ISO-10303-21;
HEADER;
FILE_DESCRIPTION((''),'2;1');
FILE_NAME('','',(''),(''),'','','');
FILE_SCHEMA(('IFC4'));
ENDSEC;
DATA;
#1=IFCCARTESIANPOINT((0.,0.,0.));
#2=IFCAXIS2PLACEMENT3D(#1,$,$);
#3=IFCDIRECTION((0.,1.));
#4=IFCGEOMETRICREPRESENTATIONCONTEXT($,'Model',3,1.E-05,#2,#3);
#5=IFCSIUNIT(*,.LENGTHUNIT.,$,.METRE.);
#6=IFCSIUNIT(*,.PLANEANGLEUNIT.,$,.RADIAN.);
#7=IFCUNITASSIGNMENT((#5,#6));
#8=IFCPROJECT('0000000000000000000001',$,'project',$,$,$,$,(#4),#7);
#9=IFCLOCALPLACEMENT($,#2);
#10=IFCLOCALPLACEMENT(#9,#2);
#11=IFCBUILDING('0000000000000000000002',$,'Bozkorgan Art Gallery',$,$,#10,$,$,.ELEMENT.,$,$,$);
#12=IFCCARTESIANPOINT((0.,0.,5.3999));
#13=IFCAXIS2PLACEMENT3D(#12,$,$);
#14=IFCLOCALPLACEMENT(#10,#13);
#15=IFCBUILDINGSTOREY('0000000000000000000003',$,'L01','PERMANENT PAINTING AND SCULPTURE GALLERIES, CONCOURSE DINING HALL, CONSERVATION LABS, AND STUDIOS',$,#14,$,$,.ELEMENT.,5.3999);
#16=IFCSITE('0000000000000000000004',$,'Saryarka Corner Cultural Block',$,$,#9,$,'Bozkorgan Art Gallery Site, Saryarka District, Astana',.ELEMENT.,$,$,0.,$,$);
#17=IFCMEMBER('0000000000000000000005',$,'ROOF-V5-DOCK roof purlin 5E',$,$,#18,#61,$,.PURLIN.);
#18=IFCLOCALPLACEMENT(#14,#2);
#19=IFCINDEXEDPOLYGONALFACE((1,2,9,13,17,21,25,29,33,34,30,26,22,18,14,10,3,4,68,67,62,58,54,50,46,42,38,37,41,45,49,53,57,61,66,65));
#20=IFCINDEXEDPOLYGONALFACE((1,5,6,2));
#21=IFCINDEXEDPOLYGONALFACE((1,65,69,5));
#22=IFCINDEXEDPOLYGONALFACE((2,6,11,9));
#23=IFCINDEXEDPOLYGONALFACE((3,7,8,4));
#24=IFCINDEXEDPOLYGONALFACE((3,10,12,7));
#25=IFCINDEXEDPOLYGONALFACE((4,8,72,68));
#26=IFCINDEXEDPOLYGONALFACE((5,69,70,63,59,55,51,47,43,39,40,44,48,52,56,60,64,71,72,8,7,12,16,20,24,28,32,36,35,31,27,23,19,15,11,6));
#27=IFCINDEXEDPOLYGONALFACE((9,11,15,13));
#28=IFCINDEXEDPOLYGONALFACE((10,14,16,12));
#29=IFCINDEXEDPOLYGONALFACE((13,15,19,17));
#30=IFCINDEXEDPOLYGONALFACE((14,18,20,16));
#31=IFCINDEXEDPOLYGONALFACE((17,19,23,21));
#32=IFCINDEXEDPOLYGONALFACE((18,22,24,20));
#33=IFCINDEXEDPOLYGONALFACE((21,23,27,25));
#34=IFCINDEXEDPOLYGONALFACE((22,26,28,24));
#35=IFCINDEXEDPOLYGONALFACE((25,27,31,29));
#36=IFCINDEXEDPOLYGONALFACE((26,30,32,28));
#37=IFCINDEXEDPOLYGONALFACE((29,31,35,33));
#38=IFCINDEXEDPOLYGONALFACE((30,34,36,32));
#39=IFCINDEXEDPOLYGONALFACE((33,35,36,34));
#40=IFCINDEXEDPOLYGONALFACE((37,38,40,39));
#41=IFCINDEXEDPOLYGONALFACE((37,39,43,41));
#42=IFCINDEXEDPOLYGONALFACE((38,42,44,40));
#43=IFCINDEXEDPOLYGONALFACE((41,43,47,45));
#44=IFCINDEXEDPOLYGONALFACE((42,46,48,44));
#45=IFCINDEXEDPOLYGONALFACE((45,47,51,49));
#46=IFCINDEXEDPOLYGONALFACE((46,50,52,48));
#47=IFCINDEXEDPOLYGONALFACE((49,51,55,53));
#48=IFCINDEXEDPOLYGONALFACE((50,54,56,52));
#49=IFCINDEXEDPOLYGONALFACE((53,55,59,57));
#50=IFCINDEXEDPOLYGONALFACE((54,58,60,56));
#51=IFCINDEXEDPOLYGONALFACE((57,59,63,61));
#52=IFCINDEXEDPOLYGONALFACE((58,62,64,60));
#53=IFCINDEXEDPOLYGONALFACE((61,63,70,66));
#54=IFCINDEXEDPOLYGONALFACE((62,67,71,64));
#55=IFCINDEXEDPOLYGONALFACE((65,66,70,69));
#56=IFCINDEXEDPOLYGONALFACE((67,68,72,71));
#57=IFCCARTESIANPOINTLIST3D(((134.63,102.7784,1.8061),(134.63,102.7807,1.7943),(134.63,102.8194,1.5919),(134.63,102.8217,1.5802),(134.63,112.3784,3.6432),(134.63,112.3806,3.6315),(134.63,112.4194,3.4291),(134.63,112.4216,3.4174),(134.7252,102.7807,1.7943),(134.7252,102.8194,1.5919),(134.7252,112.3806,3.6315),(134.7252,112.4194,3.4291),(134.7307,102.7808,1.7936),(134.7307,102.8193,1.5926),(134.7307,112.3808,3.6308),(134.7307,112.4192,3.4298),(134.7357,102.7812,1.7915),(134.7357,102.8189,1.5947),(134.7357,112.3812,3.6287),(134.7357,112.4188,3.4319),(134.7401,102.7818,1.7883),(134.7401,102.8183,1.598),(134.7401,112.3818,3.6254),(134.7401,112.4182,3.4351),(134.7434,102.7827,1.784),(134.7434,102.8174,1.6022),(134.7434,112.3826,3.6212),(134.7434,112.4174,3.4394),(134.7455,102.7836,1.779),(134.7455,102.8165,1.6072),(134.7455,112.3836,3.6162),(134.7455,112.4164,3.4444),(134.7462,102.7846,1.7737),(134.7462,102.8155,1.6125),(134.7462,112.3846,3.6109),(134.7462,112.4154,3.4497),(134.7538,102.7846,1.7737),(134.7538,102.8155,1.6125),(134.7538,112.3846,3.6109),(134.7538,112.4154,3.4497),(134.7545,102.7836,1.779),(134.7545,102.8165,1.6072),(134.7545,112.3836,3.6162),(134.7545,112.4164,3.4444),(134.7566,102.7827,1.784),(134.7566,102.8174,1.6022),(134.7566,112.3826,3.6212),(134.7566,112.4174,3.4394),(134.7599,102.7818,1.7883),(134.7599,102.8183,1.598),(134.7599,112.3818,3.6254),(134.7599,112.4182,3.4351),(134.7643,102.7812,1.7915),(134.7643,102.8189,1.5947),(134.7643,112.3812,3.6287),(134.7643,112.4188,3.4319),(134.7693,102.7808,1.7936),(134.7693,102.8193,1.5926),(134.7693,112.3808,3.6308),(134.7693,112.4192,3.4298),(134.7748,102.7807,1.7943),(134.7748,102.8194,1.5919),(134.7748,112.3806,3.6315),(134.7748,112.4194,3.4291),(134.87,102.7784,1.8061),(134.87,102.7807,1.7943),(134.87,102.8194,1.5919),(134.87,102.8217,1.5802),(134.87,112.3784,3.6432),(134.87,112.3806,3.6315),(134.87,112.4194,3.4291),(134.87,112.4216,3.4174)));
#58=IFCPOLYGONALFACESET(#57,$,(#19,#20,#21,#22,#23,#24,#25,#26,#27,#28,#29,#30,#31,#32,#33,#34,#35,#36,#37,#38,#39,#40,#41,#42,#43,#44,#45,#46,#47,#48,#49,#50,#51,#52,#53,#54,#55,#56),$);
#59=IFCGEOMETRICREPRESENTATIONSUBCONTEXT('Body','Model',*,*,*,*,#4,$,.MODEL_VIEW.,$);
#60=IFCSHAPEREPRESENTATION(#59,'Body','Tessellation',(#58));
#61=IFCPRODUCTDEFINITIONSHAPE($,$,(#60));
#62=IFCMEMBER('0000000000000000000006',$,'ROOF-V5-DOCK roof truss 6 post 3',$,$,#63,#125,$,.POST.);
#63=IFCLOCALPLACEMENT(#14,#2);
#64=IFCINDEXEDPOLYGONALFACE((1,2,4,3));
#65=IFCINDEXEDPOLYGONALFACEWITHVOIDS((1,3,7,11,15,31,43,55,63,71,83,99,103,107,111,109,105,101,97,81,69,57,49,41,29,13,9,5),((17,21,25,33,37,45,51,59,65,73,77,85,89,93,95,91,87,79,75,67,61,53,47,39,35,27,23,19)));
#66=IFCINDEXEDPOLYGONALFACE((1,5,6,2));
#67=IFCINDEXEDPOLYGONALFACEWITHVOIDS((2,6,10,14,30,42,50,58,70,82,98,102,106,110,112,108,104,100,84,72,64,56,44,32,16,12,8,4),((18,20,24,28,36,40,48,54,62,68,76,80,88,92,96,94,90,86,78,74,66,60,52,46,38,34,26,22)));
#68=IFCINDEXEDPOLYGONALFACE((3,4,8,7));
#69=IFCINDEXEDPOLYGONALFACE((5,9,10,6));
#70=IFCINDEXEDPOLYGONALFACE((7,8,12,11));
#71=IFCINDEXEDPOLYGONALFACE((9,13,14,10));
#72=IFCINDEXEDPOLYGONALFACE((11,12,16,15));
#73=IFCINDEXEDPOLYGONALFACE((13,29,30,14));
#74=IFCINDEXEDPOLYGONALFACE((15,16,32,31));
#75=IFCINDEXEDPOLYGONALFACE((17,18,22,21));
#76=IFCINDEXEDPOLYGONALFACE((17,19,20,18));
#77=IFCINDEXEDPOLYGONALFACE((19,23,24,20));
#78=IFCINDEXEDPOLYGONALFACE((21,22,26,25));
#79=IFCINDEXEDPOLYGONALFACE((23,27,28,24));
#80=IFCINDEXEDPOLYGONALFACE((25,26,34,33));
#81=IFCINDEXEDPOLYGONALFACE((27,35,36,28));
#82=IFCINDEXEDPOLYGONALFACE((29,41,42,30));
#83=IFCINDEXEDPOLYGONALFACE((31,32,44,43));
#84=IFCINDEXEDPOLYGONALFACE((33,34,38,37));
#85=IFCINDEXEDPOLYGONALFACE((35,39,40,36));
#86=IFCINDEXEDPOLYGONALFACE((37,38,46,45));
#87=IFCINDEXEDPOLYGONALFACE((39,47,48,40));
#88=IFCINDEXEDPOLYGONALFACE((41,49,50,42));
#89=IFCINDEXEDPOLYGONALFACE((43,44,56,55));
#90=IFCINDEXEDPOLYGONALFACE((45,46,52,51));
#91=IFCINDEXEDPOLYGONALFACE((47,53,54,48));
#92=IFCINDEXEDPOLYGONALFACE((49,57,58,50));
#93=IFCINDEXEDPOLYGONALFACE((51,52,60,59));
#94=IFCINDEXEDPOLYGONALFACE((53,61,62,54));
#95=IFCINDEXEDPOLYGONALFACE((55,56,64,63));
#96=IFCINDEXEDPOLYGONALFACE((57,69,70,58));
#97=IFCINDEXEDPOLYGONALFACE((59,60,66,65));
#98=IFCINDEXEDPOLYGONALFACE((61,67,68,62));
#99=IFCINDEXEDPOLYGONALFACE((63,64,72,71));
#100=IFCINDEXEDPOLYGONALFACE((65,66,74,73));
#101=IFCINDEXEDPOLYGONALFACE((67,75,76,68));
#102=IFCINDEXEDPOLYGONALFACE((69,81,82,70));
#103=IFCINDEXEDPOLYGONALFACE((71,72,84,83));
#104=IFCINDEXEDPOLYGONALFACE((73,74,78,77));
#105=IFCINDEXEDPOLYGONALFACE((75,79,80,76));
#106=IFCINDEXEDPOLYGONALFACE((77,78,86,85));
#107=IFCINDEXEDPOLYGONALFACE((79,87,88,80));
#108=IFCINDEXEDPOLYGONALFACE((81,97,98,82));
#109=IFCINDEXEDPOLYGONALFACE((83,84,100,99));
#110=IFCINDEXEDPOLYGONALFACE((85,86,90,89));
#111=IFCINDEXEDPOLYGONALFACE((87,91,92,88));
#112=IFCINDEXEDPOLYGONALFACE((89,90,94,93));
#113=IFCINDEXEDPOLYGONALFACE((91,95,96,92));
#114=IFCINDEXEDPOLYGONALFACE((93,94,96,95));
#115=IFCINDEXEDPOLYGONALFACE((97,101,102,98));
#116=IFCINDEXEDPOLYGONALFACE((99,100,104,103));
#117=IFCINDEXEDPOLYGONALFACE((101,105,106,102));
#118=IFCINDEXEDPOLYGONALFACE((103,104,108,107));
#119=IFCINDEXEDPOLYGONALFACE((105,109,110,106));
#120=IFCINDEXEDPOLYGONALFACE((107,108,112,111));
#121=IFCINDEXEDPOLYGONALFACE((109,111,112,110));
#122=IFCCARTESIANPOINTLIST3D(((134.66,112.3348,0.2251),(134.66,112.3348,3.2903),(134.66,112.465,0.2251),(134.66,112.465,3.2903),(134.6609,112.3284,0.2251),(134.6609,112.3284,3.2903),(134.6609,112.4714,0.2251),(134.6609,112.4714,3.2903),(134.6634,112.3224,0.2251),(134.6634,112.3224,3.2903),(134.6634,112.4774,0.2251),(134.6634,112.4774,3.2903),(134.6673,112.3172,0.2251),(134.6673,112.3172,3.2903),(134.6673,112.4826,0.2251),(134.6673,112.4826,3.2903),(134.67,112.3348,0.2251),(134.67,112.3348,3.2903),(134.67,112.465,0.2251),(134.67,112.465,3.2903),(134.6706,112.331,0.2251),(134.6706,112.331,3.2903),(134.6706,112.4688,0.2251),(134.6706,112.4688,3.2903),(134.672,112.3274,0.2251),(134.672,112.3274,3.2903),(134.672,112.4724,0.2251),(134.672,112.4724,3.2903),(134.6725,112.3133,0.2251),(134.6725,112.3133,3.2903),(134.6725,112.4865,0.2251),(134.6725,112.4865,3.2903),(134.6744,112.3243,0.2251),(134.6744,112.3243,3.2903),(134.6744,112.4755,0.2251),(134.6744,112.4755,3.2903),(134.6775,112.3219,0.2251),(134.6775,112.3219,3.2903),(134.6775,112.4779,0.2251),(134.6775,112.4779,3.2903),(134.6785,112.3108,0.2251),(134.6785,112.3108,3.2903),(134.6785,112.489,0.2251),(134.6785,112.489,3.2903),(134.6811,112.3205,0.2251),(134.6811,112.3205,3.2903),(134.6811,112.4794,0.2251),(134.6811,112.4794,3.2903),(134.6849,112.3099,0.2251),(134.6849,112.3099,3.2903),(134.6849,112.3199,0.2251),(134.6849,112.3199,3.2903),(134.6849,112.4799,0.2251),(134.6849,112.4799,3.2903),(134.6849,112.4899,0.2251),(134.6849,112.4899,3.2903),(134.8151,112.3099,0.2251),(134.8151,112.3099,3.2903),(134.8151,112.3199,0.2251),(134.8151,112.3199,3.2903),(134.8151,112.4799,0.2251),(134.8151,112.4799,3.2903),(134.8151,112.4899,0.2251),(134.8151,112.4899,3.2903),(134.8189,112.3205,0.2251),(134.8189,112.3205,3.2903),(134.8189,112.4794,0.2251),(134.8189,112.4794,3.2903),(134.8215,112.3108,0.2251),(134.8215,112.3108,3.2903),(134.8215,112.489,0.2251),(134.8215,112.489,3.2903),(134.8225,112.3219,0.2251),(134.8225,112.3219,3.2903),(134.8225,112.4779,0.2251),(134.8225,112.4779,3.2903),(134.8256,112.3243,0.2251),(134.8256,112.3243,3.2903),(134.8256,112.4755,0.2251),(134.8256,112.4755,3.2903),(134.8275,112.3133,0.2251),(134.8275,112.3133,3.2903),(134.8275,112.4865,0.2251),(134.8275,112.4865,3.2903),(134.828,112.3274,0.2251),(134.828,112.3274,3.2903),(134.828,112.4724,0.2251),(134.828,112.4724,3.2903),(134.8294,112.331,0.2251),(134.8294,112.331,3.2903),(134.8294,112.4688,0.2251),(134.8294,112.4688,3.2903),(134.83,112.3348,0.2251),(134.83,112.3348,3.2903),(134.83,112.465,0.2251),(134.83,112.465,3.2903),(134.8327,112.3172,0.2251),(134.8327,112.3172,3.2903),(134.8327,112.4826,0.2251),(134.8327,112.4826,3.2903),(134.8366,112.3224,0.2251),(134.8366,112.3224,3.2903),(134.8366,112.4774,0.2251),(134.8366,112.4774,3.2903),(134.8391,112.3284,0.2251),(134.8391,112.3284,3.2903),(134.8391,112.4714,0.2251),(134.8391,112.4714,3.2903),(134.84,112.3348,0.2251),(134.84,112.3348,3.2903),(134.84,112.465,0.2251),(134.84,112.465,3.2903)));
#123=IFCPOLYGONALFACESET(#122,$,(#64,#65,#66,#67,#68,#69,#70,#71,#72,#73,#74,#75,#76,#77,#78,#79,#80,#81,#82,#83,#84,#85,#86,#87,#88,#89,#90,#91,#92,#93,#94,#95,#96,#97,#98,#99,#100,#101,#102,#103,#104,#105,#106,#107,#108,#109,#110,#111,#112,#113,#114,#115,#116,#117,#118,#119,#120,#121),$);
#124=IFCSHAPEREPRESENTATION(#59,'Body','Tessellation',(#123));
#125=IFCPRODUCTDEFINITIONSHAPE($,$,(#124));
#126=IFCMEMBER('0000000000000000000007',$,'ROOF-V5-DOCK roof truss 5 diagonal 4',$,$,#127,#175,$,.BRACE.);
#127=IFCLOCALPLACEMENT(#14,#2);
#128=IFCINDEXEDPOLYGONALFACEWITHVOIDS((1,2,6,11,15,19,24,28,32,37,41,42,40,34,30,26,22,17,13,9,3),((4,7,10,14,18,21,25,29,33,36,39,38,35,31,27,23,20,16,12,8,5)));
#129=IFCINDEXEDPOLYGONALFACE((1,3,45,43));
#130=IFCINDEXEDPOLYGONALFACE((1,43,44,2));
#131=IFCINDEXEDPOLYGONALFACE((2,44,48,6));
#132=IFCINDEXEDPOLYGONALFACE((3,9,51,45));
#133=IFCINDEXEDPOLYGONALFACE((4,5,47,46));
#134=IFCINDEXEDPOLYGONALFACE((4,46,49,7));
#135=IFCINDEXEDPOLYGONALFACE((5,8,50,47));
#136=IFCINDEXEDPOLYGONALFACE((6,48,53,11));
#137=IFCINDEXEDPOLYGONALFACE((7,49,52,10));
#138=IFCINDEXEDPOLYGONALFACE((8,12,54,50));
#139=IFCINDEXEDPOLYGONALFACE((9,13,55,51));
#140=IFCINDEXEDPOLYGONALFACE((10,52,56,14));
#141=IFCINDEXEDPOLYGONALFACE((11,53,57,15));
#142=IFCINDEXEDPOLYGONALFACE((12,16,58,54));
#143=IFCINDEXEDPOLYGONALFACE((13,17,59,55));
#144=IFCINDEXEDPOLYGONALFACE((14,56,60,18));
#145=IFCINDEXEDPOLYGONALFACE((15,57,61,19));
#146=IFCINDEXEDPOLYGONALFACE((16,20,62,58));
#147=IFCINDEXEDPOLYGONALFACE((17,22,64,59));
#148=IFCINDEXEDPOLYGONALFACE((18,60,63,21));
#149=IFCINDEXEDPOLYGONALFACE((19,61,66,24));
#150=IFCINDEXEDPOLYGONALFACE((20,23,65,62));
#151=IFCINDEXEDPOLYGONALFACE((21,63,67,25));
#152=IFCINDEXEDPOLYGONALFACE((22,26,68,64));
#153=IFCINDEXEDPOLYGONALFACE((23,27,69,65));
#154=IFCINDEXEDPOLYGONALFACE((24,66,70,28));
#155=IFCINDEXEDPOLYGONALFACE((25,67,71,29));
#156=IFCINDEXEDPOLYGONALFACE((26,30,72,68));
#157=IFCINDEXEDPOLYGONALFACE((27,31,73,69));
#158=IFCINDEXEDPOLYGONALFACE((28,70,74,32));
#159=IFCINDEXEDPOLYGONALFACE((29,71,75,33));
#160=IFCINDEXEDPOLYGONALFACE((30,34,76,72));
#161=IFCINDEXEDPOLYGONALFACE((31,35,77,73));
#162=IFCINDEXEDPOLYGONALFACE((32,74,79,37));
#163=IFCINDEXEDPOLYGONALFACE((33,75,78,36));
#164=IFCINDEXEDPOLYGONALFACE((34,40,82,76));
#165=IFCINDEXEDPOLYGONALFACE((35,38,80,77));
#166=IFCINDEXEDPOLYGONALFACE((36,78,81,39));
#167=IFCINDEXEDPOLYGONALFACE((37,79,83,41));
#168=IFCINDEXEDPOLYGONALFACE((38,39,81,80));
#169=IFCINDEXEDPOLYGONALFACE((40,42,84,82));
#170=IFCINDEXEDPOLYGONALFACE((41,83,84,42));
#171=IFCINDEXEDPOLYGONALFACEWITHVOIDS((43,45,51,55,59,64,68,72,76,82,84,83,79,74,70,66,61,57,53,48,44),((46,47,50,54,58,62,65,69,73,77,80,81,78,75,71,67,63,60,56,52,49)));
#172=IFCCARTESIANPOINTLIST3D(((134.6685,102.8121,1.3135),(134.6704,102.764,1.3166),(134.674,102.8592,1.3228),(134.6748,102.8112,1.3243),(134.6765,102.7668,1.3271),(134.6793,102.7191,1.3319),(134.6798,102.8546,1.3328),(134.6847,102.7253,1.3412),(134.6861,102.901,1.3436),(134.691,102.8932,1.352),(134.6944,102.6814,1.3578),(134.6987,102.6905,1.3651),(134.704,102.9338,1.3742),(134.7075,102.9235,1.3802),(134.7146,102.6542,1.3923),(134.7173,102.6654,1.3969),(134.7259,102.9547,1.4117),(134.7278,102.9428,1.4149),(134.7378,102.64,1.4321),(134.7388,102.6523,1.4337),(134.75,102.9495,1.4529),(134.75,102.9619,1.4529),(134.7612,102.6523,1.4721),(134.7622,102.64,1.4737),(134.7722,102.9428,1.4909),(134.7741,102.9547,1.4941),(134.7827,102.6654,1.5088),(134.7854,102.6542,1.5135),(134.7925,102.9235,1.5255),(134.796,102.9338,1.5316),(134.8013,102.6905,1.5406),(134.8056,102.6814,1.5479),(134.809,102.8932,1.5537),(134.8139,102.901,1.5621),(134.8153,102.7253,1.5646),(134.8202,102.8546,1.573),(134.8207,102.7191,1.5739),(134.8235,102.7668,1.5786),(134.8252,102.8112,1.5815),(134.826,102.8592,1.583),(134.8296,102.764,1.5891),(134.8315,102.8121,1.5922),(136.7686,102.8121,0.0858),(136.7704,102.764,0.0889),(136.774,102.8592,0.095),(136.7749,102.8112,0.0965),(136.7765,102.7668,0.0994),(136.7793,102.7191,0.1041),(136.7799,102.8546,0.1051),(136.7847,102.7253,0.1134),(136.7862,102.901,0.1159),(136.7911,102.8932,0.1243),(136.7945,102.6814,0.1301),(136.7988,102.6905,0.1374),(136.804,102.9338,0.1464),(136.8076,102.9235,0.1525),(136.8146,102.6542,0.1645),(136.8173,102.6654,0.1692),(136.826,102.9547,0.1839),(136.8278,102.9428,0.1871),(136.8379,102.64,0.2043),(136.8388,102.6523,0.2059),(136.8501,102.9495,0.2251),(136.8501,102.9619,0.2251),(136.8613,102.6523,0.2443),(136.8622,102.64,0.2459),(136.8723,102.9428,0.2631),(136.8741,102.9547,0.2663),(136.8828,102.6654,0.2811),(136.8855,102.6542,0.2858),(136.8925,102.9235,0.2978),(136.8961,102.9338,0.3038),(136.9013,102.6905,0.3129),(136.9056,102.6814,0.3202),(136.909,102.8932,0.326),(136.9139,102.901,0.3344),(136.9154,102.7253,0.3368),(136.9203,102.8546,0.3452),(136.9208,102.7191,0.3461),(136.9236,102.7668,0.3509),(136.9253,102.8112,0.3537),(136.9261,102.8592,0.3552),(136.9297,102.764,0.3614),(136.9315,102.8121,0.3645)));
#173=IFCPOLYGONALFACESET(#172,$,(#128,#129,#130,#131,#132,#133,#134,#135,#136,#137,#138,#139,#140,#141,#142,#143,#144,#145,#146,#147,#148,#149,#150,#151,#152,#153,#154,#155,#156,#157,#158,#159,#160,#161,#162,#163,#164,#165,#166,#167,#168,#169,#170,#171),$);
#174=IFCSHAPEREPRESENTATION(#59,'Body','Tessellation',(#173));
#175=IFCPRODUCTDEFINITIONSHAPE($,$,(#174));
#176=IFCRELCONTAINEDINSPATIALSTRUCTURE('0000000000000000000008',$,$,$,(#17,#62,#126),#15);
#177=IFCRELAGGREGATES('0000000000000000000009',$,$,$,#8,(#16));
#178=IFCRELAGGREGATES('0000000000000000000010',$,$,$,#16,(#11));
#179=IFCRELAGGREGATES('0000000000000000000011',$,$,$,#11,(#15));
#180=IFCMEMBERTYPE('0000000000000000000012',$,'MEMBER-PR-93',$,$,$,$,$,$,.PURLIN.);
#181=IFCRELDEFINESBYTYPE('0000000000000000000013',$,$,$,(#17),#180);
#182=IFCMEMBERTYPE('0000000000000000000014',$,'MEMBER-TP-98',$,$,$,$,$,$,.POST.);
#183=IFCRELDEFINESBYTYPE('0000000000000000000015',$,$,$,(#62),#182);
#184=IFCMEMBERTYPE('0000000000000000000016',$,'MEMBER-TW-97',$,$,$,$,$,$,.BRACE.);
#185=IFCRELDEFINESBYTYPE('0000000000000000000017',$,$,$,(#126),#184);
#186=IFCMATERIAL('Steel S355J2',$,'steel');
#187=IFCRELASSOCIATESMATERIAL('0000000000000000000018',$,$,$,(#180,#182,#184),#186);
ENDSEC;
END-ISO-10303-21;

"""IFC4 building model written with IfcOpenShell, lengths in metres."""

from ifc_helpers import new_model, si_unit, direction, frame, origin, origin_2d, place, context, subcontext, project, spatial, hollow_rectangle, hollow_circle, i_section, extrude, material, material_profile, profile_set, type_object, element, save


model = new_model("IFC4")

# Units and contexts
model_context = context("Model", 3, precision=1e-05, world=origin(), true_north=direction((0.0, 1.0)))
body_context = subcontext(model_context, "Body", "Model", "MODEL_VIEW")
ifc_project = project(units=[si_unit("LENGTHUNIT", "METRE"), si_unit("PLANEANGLEUNIT", "RADIAN")], contexts=[model_context])

# Site, building, storey
site_placement = place(None, origin())
site = spatial("IfcSite", under=ifc_project, at=site_placement, Name="Saryarka Corner Cultural Block", LongName="Bozkorgan Art Gallery Site, Saryarka District, Astana", CompositionType="ELEMENT", RefElevation=0.0)
building_placement = place(site_placement, origin())
building = spatial("IfcBuilding", under=site, at=building_placement, Name="Bozkorgan Art Gallery", CompositionType="ELEMENT")
storey_placement = place(building_placement, frame((0.0, 0.0, 5.3999)))
storey = spatial("IfcBuildingStorey", under=building, at=storey_placement, Name="L01", Description="PERMANENT PAINTING AND SCULPTURE GALLERIES, CONCOURSE DINING HALL, CONSERVATION LABS, AND STUDIOS", CompositionType="ELEMENT", Elevation=5.3999)

# Shared definitions
ifc_material_1 = material(Name="Steel S355J2", Category="steel")

# Members
ifc_material_profile_1 = material_profile(ifc_material_1, i_section(OverallWidth=0.24, OverallDepth=0.23, WebThickness=0.0076, FlangeThickness=0.012, FilletRadius=0.021, at=origin_2d()), Name="HEA 240")
ifc_profile_set_1 = profile_set([ifc_material_profile_1], Name="Steel S355J2")
member_type_1 = type_object("IfcMemberType", Name="MEMBER-PR-93", PredefinedType="PURLIN", material=ifc_profile_set_1)
member_1_placement = place(storey_placement, frame((134.75, 102.8, 1.6931), z_axis=(0.0, 0.982176, 0.187963), x_axis=(-1.0, 0.0, 0.0)))
element("IfcMember", 1, at=member_1_placement, inside=storey, type_object=member_type_1, Name="ROOF-V5-DOCK roof purlin 5E", PredefinedType="PURLIN", context=body_context, shape_type="SweptSolid", body=[
    extrude(i_section(OverallWidth=0.24, OverallDepth=0.23, WebThickness=0.0076, FlangeThickness=0.012, FilletRadius=0.021, at=origin_2d()), origin(), (0.0, 0.0, 1.0), 9.7742),
])
ifc_material_profile_2 = material_profile(ifc_material_1, hollow_rectangle(XDim=0.1799, YDim=0.1799, WallThickness=0.01, InnerFilletRadius=0.0149, OuterFilletRadius=0.0249, at=origin_2d()), Name="SHS 180x180x10")
ifc_profile_set_2 = profile_set([ifc_material_profile_2], Name="Steel S355J2")
member_type_2 = type_object("IfcMemberType", Name="MEMBER-TP-98", PredefinedType="POST", material=ifc_profile_set_2)
member_2_placement = place(storey_placement, frame((134.75, 112.3999, 0.2251), z_axis=(0.0, 0.0, 1.0), x_axis=(1.0, 0.0, 0.0)))
element("IfcMember", 2, at=member_2_placement, inside=storey, type_object=member_type_2, Name="ROOF-V5-DOCK roof truss 6 post 3", PredefinedType="POST", context=body_context, shape_type="SweptSolid", body=[
    extrude(hollow_rectangle(XDim=0.1799, YDim=0.1799, WallThickness=0.01, InnerFilletRadius=0.0149, OuterFilletRadius=0.0249, at=origin_2d()), origin(), (0.0, 0.0, 1.0), 3.0652),
])
ifc_material_profile_3 = material_profile(ifc_material_1, hollow_circle(Radius=0.1619, WallThickness=0.0125, at=origin_2d()), Name="CHS 323.9x12.5")
ifc_profile_set_3 = profile_set([ifc_material_profile_3], Name="Steel S355J2")
member_type_3 = type_object("IfcMemberType", Name="MEMBER-TW-97", PredefinedType="BRACE", material=ifc_profile_set_3)
member_3_placement = place(storey_placement, frame((134.75, 102.8, 1.4529), z_axis=(0.863291, 0.0, -0.504707), x_axis=(0.0, 1.0, 0.0)))
element("IfcMember", 3, at=member_3_placement, inside=storey, type_object=member_type_3, Name="ROOF-V5-DOCK roof truss 5 diagonal 4", PredefinedType="BRACE", context=body_context, shape_type="SweptSolid", body=[
    extrude(hollow_circle(Radius=0.1619, WallThickness=0.0125, at=origin_2d()), origin(), (0.0, 0.0, 1.0), 2.4326),
])

save(model, "model.ifc")
